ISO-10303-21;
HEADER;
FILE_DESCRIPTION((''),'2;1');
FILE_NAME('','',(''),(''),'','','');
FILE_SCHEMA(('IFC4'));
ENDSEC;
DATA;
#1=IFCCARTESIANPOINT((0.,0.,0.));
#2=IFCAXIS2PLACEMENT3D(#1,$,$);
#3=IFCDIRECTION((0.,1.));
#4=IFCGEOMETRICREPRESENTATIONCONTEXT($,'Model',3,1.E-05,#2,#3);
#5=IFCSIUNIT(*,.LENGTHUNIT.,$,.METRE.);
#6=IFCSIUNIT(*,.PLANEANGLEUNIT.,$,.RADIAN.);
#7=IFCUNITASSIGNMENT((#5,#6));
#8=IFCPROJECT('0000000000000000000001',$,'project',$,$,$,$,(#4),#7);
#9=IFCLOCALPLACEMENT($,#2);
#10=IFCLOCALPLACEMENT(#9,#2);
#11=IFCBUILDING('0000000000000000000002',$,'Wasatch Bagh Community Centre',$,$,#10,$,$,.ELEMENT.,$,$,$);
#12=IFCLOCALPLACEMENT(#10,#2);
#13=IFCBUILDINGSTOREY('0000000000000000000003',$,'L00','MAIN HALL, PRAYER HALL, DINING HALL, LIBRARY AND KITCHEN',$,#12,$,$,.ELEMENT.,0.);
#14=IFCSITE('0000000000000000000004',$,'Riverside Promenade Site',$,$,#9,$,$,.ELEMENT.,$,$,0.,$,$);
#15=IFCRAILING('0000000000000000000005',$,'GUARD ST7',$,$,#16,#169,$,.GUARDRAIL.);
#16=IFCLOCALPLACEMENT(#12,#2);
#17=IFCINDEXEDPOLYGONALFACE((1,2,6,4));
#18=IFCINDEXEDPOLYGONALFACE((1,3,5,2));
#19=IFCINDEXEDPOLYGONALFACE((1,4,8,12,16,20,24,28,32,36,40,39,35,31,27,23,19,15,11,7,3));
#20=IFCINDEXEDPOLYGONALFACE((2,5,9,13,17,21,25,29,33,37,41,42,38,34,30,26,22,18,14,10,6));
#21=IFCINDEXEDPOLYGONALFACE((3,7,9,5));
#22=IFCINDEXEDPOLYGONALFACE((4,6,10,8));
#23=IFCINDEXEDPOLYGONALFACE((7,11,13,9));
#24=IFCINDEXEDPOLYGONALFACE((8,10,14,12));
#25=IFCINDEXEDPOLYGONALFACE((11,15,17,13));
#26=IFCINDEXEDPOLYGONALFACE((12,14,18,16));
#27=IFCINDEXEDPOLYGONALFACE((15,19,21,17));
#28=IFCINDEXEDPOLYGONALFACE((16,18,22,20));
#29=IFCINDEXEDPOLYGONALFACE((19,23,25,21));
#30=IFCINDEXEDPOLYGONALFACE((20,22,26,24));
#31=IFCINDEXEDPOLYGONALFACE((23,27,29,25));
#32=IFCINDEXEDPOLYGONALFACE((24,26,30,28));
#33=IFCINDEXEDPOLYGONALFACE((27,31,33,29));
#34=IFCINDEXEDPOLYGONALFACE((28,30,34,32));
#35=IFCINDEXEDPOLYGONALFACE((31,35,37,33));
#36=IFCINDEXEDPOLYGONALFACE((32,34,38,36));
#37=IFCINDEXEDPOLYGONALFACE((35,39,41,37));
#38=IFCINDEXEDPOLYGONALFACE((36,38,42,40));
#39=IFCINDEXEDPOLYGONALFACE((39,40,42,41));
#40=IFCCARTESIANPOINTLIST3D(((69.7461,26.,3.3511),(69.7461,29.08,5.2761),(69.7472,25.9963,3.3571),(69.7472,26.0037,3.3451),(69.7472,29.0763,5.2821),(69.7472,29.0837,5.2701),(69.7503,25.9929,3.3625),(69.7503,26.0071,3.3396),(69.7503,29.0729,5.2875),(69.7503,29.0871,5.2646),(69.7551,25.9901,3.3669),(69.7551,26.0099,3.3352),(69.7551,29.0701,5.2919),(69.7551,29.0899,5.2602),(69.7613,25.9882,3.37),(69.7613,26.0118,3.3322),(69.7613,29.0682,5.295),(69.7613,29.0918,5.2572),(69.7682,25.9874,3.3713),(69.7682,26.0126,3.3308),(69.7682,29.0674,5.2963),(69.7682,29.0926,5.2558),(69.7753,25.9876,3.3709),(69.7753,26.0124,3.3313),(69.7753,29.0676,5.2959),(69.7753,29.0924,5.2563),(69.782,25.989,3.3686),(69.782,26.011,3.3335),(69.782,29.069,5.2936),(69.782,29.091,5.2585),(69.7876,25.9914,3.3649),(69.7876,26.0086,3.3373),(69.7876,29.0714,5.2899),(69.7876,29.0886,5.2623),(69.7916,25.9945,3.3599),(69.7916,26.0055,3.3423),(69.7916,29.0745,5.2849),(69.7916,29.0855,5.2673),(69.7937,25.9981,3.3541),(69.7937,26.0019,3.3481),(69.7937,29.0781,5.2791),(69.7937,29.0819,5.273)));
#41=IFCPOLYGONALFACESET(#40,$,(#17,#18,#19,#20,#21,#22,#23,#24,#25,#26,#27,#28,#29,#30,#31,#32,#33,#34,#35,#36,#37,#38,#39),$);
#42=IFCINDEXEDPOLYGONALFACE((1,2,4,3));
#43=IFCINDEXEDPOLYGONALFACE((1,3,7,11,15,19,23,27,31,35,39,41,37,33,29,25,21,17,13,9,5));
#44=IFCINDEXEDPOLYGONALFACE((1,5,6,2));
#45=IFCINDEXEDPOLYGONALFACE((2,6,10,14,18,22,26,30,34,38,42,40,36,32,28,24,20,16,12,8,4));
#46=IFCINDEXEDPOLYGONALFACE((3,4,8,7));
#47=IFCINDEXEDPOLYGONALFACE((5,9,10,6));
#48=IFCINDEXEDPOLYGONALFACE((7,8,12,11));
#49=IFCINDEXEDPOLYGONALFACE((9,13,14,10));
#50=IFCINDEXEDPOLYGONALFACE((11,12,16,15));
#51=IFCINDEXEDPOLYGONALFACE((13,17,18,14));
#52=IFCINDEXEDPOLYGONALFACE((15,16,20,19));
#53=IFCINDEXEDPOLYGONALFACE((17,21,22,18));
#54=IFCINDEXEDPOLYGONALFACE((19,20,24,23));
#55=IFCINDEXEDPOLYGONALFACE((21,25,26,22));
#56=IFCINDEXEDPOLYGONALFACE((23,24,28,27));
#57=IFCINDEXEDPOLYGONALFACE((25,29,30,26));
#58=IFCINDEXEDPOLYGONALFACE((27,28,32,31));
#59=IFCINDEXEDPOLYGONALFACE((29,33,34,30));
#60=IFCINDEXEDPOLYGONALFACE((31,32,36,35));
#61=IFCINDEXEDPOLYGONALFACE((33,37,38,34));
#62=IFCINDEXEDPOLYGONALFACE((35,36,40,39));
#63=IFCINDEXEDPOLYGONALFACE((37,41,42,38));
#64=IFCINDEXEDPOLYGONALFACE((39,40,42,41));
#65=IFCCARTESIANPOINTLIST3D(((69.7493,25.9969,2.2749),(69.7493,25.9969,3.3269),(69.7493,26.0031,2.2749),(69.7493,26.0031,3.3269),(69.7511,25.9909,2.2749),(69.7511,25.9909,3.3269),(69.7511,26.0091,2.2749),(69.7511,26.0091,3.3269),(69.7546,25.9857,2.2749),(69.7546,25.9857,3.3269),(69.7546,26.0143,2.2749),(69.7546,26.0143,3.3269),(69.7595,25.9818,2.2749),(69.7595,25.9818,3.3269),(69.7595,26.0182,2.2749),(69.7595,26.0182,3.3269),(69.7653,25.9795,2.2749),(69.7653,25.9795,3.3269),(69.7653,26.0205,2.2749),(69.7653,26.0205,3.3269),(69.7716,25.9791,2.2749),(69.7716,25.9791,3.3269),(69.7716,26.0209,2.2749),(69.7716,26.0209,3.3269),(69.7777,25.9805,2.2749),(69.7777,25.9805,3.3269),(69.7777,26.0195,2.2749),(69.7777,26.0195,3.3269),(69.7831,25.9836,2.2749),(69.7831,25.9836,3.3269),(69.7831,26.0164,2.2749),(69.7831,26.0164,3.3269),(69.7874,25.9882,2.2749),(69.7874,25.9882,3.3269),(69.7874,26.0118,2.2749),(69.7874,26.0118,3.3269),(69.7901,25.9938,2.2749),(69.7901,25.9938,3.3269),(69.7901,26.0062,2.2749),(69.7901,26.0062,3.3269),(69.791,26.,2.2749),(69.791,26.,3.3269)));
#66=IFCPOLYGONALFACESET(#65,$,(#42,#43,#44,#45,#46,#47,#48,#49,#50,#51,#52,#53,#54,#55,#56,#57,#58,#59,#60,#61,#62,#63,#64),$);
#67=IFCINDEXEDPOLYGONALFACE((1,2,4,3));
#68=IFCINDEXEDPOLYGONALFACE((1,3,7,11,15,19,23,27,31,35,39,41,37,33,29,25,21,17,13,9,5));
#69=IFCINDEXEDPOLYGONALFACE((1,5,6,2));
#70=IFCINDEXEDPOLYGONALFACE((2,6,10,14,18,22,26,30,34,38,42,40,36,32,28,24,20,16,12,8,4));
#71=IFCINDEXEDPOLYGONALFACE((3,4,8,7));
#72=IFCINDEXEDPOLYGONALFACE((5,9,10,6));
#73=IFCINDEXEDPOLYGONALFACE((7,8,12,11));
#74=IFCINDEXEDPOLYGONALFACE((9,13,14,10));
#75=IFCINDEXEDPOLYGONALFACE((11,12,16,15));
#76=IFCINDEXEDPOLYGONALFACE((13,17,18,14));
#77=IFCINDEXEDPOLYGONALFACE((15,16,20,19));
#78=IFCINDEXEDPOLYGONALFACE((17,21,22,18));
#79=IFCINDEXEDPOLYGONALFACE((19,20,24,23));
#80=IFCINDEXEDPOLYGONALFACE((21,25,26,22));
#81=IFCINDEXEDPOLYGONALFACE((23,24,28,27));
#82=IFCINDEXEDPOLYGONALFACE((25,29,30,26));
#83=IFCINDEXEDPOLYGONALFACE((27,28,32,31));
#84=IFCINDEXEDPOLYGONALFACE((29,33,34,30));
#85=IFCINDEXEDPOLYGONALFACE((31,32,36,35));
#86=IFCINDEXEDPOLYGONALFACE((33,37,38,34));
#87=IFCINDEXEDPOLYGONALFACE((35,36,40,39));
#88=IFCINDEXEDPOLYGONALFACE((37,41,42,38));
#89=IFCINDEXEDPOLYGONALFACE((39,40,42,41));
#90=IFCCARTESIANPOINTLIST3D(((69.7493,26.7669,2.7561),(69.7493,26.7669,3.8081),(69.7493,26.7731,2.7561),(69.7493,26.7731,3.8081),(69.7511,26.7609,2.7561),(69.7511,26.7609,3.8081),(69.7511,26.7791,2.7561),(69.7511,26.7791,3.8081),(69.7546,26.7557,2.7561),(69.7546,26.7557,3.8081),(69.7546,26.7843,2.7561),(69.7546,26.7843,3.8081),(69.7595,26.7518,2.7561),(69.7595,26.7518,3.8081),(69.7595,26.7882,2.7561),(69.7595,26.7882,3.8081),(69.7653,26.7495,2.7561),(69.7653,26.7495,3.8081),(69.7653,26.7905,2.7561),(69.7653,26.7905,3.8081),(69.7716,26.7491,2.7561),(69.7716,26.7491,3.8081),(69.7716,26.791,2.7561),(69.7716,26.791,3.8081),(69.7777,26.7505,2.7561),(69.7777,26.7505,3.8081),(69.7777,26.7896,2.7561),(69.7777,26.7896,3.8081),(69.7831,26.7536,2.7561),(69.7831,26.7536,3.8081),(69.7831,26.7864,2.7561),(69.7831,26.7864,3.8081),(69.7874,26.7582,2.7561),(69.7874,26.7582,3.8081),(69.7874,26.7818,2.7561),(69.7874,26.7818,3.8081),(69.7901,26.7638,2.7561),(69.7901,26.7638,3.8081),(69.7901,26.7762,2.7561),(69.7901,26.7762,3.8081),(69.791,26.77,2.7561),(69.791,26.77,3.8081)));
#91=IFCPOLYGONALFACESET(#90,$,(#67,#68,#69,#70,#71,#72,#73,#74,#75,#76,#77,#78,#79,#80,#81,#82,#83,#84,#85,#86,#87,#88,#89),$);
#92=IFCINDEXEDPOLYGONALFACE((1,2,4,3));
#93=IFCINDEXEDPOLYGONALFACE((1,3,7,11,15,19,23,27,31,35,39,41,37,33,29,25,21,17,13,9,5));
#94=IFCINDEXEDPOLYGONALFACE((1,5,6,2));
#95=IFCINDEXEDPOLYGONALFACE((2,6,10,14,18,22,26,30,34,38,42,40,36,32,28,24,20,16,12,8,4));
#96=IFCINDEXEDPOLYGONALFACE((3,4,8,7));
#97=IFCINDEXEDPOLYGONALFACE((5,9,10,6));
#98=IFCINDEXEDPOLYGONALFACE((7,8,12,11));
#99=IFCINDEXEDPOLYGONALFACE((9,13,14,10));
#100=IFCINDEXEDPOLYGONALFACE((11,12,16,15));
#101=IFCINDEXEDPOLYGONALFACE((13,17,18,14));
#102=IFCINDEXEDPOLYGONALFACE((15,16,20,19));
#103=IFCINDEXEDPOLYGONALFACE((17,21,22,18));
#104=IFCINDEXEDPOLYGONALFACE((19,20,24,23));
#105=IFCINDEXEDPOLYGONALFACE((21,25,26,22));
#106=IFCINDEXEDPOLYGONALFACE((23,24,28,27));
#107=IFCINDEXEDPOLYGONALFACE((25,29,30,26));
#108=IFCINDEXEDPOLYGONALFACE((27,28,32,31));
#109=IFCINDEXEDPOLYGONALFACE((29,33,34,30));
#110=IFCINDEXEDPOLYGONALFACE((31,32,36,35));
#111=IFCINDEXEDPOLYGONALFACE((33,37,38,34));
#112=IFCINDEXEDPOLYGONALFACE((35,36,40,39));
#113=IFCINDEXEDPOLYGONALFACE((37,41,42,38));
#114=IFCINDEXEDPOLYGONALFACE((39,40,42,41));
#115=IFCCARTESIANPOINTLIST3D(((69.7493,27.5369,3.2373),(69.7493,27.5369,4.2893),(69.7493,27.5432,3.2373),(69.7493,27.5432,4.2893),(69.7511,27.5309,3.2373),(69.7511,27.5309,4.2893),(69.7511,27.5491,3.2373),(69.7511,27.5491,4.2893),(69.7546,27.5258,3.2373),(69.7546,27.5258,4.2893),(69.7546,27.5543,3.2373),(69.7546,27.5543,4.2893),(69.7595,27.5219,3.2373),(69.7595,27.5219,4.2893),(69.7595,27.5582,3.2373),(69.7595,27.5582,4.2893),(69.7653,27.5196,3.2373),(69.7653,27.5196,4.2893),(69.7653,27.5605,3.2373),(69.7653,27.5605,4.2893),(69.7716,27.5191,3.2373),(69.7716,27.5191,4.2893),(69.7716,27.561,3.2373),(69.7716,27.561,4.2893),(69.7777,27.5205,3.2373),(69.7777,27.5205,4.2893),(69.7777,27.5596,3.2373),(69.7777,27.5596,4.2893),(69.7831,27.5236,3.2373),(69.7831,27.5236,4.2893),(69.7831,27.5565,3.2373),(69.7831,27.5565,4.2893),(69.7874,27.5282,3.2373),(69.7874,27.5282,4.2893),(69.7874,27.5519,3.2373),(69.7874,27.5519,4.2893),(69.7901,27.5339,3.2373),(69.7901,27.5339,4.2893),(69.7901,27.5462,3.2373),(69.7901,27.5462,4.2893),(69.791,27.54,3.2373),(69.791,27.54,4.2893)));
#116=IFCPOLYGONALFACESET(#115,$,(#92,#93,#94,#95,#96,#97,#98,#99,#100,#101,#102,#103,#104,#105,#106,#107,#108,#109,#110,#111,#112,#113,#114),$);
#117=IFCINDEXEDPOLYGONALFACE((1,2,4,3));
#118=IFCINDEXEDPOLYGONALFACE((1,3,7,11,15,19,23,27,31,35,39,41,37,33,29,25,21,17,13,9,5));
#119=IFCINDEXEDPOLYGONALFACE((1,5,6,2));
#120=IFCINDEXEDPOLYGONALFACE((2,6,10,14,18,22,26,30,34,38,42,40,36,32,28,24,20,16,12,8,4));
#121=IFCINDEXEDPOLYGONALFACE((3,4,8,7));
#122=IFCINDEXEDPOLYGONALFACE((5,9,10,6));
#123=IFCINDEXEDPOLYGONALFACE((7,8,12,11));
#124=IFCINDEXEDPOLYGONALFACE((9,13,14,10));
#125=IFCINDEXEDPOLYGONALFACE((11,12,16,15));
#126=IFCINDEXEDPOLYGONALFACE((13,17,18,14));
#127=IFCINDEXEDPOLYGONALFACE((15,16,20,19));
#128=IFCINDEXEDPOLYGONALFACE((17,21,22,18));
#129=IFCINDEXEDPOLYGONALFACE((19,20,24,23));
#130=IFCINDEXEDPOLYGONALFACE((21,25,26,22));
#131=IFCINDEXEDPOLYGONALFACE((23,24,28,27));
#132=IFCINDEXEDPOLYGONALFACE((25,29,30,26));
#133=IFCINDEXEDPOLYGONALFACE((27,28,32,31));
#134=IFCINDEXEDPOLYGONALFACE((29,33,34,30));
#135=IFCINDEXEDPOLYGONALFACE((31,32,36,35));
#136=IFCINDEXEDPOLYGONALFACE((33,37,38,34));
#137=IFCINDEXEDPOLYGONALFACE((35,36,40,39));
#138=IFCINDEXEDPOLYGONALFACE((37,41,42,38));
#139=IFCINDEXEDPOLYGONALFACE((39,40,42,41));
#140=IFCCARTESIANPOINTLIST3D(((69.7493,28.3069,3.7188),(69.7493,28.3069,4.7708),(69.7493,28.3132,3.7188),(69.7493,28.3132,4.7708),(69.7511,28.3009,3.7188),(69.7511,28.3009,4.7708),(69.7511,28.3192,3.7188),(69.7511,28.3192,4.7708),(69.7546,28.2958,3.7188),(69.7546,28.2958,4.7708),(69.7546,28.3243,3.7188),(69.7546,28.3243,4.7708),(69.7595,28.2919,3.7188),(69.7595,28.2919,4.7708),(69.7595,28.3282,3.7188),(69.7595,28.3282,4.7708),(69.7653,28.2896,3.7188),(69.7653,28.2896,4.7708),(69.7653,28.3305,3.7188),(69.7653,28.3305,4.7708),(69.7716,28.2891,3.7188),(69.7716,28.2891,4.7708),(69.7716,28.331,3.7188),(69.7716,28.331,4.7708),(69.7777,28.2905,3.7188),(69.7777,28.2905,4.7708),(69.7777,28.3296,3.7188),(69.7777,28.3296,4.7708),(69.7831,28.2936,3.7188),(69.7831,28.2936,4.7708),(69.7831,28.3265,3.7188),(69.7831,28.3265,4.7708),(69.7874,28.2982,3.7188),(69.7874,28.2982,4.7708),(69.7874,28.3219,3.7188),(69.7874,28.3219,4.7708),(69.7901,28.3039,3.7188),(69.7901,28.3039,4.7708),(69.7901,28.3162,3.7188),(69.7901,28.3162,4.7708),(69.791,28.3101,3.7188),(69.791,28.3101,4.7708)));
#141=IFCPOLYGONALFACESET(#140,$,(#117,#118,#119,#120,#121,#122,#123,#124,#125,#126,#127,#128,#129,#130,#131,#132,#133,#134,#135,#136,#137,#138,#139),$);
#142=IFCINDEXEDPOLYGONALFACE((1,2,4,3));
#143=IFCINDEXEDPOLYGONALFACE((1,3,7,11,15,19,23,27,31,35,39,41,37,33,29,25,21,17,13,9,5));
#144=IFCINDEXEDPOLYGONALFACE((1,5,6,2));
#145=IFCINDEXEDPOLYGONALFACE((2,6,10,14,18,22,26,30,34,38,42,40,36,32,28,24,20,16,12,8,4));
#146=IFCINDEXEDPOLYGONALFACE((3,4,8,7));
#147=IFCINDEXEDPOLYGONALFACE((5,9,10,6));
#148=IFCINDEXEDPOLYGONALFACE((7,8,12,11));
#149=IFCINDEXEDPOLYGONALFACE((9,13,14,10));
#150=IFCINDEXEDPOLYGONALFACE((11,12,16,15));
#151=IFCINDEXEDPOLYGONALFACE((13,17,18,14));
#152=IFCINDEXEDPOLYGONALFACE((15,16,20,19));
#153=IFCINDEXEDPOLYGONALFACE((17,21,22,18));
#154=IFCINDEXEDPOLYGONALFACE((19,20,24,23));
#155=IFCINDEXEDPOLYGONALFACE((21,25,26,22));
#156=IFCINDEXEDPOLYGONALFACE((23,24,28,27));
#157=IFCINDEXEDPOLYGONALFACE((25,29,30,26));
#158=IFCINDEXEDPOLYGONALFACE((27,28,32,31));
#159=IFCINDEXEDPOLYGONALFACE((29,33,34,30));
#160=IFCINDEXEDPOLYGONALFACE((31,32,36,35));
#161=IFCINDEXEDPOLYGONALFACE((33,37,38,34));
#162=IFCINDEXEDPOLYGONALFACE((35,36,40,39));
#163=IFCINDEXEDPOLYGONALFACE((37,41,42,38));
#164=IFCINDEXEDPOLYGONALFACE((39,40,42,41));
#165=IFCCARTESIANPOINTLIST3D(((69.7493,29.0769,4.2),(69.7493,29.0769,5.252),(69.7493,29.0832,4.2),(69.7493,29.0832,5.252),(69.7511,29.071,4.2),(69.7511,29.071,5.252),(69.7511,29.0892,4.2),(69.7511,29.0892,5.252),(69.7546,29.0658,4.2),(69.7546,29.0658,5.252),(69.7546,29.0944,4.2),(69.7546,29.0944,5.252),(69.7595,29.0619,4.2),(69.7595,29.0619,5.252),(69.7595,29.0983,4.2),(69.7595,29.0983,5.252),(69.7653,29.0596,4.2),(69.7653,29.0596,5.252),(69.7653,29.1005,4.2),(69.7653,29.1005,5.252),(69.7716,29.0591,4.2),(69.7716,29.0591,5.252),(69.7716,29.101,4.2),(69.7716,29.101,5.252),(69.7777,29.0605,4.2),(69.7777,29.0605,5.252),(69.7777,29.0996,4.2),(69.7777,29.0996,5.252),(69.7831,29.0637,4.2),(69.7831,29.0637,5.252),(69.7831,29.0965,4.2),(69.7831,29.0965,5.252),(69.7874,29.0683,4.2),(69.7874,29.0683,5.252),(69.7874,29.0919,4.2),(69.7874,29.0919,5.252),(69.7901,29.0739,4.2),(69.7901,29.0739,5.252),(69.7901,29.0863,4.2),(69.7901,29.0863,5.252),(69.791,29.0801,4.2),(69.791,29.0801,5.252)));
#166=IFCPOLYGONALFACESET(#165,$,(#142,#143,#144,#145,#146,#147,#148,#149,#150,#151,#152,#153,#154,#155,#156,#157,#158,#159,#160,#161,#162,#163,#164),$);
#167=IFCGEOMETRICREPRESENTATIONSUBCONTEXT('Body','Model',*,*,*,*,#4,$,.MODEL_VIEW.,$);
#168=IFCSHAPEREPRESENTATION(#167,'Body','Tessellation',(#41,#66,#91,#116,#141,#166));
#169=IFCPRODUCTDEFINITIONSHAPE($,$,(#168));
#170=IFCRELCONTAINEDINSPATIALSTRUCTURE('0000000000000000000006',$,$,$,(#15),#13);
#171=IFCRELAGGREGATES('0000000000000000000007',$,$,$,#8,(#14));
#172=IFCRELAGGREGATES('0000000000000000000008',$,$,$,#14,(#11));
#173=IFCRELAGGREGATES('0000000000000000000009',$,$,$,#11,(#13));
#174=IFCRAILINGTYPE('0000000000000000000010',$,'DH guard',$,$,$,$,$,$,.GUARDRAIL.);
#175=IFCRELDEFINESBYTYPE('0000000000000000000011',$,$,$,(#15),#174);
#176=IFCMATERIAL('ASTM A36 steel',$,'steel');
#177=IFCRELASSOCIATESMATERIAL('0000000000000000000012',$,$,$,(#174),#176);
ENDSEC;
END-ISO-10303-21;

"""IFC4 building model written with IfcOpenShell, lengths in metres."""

from ifc_helpers import new_model, si_unit, direction, frame, origin, origin_2d, place, context, subcontext, project, spatial, circle, extrude, material, type_object, element, save


model = new_model("IFC4")

# Units and contexts
model_context = context("Model", 3, precision=1e-05, world=origin(), true_north=direction((0.0, 1.0)))
body_context = subcontext(model_context, "Body", "Model", "MODEL_VIEW")
ifc_project = project(units=[si_unit("LENGTHUNIT", "METRE"), si_unit("PLANEANGLEUNIT", "RADIAN")], contexts=[model_context])

# Site, building, storey
site_placement = place(None, origin())
site = spatial("IfcSite", under=ifc_project, at=site_placement, Name="Riverside Promenade Site", CompositionType="ELEMENT", RefElevation=0.0)
building_placement = place(site_placement, origin())
building = spatial("IfcBuilding", under=site, at=building_placement, Name="Wasatch Bagh Community Centre", CompositionType="ELEMENT")
storey_placement = place(building_placement, origin())
storey = spatial("IfcBuildingStorey", under=building, at=storey_placement, Name="L00", Description="MAIN HALL, PRAYER HALL, DINING HALL, LIBRARY AND KITCHEN", CompositionType="ELEMENT", Elevation=0.0)

# Railing
ifc_material_1 = material(Name="ASTM A36 steel", Category="steel")
railing_type_1 = type_object("IfcRailingType", Name="DH guard", PredefinedType="GUARDRAIL", material=ifc_material_1)
for number, where, name in (
    (1, (69.77, 26.0, 2.2749), "GUARD ST7"),
):
    element("IfcRailing", number, at=place(storey_placement, frame(where)), inside=storey, type_object=railing_type_1, Name=name, PredefinedType="GUARDRAIL", context=body_context, shape_type="SweptSolid", body=[
        extrude(circle(Radius=0.0239, at=origin_2d()), frame((0.0, 0.0, 1.0762), z_axis=(0.0, 0.847998, 0.529999), x_axis=(-1.0, 0.0, 0.0)), (0.0, 0.0, 1.0), 3.6321),
        extrude(circle(Radius=0.021, at=origin_2d()), origin(), (0.0, 0.0, 1.0), 1.052),
        extrude(circle(Radius=0.021, at=origin_2d()), frame((0.0, 0.77, 0.4812)), (0.0, 0.0, 1.0), 1.052),
        extrude(circle(Radius=0.021, at=origin_2d()), frame((0.0, 1.54, 0.9624)), (0.0, 0.0, 1.0), 1.052),
        extrude(circle(Radius=0.021, at=origin_2d()), frame((0.0, 2.3101, 1.4438)), (0.0, 0.0, 1.0), 1.052),
        extrude(circle(Radius=0.021, at=origin_2d()), frame((0.0, 3.0801, 1.925)), (0.0, 0.0, 1.0), 1.052),
    ])

save(model, "model.ifc")
